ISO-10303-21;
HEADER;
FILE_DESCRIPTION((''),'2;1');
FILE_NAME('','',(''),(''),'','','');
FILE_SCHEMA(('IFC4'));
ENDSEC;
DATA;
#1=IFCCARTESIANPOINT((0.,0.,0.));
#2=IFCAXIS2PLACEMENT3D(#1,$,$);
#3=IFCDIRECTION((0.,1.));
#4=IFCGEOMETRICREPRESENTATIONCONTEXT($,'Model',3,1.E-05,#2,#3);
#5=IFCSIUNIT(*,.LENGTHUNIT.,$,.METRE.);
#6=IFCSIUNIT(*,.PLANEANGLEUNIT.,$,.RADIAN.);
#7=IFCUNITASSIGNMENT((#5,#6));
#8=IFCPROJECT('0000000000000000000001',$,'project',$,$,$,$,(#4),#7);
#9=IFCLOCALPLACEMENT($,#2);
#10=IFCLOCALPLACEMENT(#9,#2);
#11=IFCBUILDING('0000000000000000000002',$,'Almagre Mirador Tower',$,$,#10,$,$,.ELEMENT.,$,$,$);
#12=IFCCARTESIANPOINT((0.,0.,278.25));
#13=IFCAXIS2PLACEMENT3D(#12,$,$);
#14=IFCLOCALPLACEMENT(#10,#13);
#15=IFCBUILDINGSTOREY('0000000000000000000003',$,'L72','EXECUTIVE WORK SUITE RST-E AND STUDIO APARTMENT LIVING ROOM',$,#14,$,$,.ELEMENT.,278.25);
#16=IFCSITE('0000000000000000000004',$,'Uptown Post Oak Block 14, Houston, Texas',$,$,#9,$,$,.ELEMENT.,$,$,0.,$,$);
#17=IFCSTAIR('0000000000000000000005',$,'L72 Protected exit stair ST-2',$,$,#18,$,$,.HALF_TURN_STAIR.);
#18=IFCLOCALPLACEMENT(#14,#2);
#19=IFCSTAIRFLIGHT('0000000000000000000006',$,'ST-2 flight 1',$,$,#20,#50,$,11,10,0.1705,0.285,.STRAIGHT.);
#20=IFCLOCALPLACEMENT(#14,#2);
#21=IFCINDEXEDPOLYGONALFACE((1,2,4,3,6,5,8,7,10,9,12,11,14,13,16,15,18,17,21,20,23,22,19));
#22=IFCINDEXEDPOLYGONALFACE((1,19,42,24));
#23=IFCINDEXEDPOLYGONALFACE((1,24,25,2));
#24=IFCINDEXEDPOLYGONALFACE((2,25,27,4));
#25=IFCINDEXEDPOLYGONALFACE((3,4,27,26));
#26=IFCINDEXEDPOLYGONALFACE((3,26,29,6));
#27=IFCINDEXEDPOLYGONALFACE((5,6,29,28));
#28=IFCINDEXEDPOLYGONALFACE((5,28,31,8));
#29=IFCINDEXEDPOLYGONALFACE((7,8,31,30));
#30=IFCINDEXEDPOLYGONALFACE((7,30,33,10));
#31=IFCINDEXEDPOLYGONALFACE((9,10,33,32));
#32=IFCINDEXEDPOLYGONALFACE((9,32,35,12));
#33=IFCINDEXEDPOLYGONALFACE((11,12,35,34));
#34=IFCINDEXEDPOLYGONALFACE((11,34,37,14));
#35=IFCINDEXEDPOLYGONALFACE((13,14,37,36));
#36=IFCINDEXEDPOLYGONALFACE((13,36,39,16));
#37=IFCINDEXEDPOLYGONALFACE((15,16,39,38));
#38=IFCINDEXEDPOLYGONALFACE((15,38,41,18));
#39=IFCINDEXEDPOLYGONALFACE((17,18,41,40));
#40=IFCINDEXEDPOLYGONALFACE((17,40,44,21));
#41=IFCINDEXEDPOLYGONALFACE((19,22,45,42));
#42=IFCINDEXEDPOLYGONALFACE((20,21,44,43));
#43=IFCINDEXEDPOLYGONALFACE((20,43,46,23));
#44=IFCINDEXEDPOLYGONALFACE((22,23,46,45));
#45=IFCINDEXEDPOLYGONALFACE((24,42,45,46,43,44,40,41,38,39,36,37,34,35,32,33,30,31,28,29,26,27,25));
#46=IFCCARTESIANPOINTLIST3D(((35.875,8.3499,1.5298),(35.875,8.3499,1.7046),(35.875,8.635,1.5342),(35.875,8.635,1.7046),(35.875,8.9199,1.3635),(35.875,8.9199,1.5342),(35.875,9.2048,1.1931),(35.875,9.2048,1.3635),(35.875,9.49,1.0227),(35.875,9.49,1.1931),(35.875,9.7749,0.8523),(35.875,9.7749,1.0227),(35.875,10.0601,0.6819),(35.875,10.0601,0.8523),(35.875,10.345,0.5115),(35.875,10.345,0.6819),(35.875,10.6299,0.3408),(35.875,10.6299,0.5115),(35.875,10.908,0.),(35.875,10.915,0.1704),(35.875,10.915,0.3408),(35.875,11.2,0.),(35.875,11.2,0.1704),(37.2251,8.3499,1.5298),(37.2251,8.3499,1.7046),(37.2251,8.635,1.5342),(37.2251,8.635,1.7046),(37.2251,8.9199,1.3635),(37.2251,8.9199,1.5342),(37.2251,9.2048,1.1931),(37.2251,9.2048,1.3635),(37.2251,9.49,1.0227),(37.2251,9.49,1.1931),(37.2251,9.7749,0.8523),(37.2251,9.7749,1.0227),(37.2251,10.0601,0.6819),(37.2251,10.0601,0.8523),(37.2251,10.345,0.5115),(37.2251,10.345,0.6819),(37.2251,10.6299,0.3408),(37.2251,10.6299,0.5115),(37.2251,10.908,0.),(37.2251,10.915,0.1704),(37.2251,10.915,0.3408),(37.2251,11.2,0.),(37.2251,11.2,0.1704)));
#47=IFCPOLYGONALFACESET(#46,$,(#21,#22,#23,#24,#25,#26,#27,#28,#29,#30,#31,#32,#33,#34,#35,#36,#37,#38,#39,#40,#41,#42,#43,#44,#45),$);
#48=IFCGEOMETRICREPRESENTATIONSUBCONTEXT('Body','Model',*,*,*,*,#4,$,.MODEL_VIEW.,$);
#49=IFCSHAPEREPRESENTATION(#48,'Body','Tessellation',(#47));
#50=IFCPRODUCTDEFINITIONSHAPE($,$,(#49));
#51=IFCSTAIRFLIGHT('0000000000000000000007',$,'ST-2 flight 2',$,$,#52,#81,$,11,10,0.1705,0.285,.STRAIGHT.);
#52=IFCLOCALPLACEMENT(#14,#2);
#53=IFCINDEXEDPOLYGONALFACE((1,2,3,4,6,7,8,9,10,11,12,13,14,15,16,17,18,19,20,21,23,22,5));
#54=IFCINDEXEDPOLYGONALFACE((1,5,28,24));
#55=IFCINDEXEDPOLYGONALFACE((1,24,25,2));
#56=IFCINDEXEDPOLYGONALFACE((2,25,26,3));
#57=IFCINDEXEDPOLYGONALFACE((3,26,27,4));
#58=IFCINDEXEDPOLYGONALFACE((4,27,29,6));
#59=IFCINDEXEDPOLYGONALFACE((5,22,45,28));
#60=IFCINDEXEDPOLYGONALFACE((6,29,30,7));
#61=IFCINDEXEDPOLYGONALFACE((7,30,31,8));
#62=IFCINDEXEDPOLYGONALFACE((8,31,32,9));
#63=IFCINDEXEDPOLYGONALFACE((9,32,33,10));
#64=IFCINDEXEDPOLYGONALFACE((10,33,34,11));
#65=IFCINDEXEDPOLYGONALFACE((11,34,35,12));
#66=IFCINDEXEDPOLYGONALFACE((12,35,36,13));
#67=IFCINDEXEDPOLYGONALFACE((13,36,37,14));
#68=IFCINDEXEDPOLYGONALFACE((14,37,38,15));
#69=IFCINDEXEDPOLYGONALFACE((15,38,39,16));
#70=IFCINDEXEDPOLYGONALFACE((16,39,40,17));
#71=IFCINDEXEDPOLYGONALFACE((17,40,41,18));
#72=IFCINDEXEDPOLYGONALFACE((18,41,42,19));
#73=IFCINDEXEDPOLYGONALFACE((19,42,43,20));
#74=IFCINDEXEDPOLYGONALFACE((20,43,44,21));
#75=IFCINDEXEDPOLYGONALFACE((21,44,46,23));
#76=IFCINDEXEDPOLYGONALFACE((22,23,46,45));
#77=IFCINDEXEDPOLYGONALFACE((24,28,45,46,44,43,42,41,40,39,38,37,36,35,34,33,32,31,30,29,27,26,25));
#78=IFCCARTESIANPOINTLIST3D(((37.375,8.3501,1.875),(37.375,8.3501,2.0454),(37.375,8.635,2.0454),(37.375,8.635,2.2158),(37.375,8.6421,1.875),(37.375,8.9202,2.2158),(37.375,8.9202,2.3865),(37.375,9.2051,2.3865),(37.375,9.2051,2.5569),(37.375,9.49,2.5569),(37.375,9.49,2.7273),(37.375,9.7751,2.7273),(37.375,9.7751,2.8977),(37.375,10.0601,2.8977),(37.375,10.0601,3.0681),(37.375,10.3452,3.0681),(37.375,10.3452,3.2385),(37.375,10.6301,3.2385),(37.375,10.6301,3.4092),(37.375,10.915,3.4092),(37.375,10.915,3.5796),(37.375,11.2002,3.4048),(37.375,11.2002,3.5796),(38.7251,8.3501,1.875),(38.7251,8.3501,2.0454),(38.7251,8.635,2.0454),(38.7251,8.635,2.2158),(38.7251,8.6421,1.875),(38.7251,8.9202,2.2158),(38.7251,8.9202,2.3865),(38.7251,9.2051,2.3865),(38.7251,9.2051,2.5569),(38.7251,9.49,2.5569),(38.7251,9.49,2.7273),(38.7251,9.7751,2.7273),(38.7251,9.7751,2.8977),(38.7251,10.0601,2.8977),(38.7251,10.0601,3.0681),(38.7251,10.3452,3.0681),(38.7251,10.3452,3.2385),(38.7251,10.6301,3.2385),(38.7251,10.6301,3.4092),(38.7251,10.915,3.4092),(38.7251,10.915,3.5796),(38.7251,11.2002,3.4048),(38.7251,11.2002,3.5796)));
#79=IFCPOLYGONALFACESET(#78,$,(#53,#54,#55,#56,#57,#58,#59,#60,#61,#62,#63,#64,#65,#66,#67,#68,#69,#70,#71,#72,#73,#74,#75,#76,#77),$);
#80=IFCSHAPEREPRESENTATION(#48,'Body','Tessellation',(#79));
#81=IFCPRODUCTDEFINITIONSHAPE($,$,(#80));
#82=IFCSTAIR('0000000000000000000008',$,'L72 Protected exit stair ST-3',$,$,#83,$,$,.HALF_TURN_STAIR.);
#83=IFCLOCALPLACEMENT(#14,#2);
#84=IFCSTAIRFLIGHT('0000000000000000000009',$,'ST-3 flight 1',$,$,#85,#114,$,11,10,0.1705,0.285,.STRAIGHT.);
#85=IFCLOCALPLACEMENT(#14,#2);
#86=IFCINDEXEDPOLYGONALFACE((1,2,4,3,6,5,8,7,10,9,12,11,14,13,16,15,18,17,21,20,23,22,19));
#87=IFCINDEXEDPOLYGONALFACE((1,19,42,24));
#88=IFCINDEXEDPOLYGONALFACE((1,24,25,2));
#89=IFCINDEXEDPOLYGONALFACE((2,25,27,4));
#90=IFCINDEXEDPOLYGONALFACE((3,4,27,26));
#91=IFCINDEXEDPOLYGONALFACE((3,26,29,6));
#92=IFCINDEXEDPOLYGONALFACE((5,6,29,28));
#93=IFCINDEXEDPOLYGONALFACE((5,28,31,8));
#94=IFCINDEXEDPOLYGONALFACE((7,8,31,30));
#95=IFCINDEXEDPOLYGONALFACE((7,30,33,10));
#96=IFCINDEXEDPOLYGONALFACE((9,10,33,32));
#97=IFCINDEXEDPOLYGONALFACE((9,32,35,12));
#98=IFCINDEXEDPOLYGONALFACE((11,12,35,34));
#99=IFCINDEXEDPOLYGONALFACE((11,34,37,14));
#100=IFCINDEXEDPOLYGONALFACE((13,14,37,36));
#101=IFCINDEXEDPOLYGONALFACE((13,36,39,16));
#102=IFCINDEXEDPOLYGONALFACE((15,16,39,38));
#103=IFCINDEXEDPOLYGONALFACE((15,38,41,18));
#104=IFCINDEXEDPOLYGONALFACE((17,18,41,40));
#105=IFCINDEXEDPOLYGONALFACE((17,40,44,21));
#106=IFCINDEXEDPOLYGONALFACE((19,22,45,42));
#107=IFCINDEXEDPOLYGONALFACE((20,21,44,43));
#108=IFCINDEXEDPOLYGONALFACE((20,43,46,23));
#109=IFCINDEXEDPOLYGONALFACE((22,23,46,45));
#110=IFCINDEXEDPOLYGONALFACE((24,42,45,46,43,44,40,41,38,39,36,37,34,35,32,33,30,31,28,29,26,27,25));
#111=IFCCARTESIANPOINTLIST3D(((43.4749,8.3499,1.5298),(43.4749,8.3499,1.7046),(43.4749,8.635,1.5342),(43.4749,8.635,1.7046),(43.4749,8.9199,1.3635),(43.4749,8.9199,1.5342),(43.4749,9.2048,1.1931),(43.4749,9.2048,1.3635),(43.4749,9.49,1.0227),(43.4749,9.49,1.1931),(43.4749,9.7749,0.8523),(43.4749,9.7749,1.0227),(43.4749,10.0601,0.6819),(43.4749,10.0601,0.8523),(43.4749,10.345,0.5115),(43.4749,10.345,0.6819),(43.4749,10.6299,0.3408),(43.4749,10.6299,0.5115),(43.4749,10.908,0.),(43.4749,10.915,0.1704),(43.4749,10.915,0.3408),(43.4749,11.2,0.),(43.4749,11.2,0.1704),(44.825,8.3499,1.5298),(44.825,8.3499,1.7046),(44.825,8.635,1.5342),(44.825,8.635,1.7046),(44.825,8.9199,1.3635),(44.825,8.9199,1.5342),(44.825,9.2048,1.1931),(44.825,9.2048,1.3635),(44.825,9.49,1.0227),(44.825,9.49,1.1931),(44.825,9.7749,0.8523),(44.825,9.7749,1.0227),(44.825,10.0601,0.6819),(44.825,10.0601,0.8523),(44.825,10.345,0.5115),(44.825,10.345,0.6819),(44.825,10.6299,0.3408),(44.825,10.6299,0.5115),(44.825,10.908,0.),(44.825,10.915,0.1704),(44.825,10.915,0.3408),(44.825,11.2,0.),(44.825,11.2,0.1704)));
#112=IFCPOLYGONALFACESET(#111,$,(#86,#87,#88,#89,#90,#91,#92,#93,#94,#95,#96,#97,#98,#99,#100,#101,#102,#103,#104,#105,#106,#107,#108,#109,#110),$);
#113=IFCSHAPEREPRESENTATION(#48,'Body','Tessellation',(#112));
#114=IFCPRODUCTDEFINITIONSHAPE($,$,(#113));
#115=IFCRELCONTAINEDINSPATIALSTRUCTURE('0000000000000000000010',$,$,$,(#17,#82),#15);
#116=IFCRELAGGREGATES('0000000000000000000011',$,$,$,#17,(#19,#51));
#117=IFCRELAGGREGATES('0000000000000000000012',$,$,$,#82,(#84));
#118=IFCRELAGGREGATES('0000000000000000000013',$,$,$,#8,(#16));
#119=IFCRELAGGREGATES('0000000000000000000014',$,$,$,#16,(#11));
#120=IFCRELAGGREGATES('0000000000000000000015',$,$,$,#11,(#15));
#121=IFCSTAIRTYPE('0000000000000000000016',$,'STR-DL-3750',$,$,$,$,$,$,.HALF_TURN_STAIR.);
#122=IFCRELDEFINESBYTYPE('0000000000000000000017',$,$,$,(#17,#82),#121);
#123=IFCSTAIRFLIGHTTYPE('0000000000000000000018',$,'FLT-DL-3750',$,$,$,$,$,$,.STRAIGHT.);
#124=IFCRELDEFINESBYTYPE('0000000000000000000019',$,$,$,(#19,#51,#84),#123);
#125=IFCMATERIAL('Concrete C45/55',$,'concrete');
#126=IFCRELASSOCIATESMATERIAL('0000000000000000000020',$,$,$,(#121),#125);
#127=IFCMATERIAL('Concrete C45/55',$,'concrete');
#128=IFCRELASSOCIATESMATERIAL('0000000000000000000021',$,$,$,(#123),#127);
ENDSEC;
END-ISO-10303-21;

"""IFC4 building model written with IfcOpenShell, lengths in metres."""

from ifc_helpers import new_model, si_unit, direction, frame, origin, place, context, subcontext, project, spatial, polyline, outline, extrude, material, type_object, element, aggregate, save


model = new_model("IFC4")

# Units and contexts
model_context = context("Model", 3, precision=1e-05, world=origin(), true_north=direction((0.0, 1.0)))
body_context = subcontext(model_context, "Body", "Model", "MODEL_VIEW")
ifc_project = project(units=[si_unit("LENGTHUNIT", "METRE"), si_unit("PLANEANGLEUNIT", "RADIAN")], contexts=[model_context])

# Site, building, storey
site_placement = place(None, origin())
site = spatial("IfcSite", under=ifc_project, at=site_placement, Name="Uptown Post Oak Block 14, Houston, Texas", CompositionType="ELEMENT", RefElevation=0.0)
building_placement = place(site_placement, origin())
building = spatial("IfcBuilding", under=site, at=building_placement, Name="Almagre Mirador Tower", CompositionType="ELEMENT")
storey_placement = place(building_placement, frame((0.0, 0.0, 278.25)))
storey = spatial("IfcBuildingStorey", under=building, at=storey_placement, Name="L72", Description="EXECUTIVE WORK SUITE RST-E AND STUDIO APARTMENT LIVING ROOM", CompositionType="ELEMENT", Elevation=278.25)

# Stair, stair flights
ifc_material_1 = material(Name="Concrete C45/55", Category="concrete")
stair_type = type_object("IfcStairType", Name="STR-DL-3750", PredefinedType="HALF_TURN_STAIR", material=ifc_material_1)
stair_1_placement = place(storey_placement, origin())
stair_1 = element("IfcStair", 1, at=stair_1_placement, inside=storey, type_object=stair_type, Name="L72 Protected exit stair ST-2", PredefinedType="HALF_TURN_STAIR")
ifc_material_2 = material(Name="Concrete C45/55", Category="concrete")
stair_flight_type = type_object("IfcStairFlightType", Name="FLT-DL-3750", PredefinedType="STRAIGHT", material=ifc_material_2)
stair_flight_1_placement = place(storey_placement, frame((36.55, 11.2, 0.0), z_axis=(0.0, 0.0, 1.0), x_axis=(0.0, -1.0, 0.0)))
stair_flight_1 = element("IfcStairFlight", 2, at=stair_flight_1_placement, type_object=stair_flight_type, Name="ST-2 flight 1", NumberOfRisers=11, NumberOfTreads=10, PredefinedType="STRAIGHT", RiserHeight=0.1705, TreadLength=0.285, context=body_context, shape_type="SweptSolid", body=[
    extrude(outline(polyline([(0.0, 0.0), (0.0, 0.1704), (0.2849, 0.1704), (0.2849, 0.3408), (0.5701, 0.3408), (0.5701, 0.5115), (0.855, 0.5115), (0.855, 0.6819), (1.1399, 0.6819), (1.1399, 0.8523), (1.425, 0.8523), (1.425, 1.0227), (1.71, 1.0227), (1.71, 1.1931), (1.9951, 1.1931), (1.9951, 1.3635), (2.28, 1.3635), (2.28, 1.5342), (2.5649, 1.5342), (2.5649, 1.7046), (2.8501, 1.7046), (2.8501, 1.875), (2.8501, 1.5298), (0.292, 0.0), (0.0, 0.0)])), frame((0.0, 0.675, 0.0), z_axis=(0.0, -1.0, 0.0), x_axis=(1.0, 0.0, 0.0)), (0.0, 0.0, 1.0), 1.3501),
])
stair_flight_2_placement = place(storey_placement, frame((38.05, 8.3501, 1.875), z_axis=(0.0, 0.0, 1.0), x_axis=(0.0, 1.0, 0.0)))
stair_flight_2 = element("IfcStairFlight", 3, at=stair_flight_2_placement, type_object=stair_flight_type, Name="ST-2 flight 2", NumberOfRisers=11, NumberOfTreads=10, PredefinedType="STRAIGHT", RiserHeight=0.1705, TreadLength=0.285, context=body_context, shape_type="SweptSolid", body=[
    extrude(outline(polyline([(0.0, 0.0), (0.0, 0.1704), (0.2849, 0.1704), (0.2849, 0.3408), (0.5701, 0.3408), (0.5701, 0.5115), (0.855, 0.5115), (0.855, 0.6819), (1.1399, 0.6819), (1.1399, 0.8523), (1.425, 0.8523), (1.425, 1.0227), (1.71, 1.0227), (1.71, 1.1931), (1.9951, 1.1931), (1.9951, 1.3635), (2.28, 1.3635), (2.28, 1.5342), (2.5649, 1.5342), (2.5649, 1.7046), (2.8501, 1.7046), (2.8501, 1.875), (2.8501, 1.5298), (0.292, 0.0), (0.0, 0.0)])), frame((0.0, 0.675, 0.0), z_axis=(0.0, -1.0, 0.0), x_axis=(1.0, 0.0, 0.0)), (0.0, 0.0, 1.0), 1.3501),
])
aggregate(stair_1, [stair_flight_1, stair_flight_2])

# Stair, stair flight
stair_2_placement = place(storey_placement, origin())
stair_2 = element("IfcStair", 4, at=stair_2_placement, inside=storey, type_object=stair_type, Name="L72 Protected exit stair ST-3", PredefinedType="HALF_TURN_STAIR")
stair_flight_3_placement = place(storey_placement, frame((44.1499, 11.2, 0.0), z_axis=(0.0, 0.0, 1.0), x_axis=(0.0, -1.0, 0.0)))
stair_flight_3 = element("IfcStairFlight", 5, at=stair_flight_3_placement, type_object=stair_flight_type, Name="ST-3 flight 1", NumberOfRisers=11, NumberOfTreads=10, PredefinedType="STRAIGHT", RiserHeight=0.1705, TreadLength=0.285, context=body_context, shape_type="SweptSolid", body=[
    extrude(outline(polyline([(0.0, 0.0), (0.0, 0.1704), (0.2849, 0.1704), (0.2849, 0.3408), (0.5701, 0.3408), (0.5701, 0.5115), (0.855, 0.5115), (0.855, 0.6819), (1.1399, 0.6819), (1.1399, 0.8523), (1.425, 0.8523), (1.425, 1.0227), (1.71, 1.0227), (1.71, 1.1931), (1.9951, 1.1931), (1.9951, 1.3635), (2.28, 1.3635), (2.28, 1.5342), (2.5649, 1.5342), (2.5649, 1.7046), (2.8501, 1.7046), (2.8501, 1.875), (2.8501, 1.5298), (0.292, 0.0), (0.0, 0.0)])), frame((0.0, 0.675, 0.0), z_axis=(0.0, -1.0, 0.0), x_axis=(1.0, 0.0, 0.0)), (0.0, 0.0, 1.0), 1.3501),
])
aggregate(stair_2, [stair_flight_3])

save(model, "model.ifc")
